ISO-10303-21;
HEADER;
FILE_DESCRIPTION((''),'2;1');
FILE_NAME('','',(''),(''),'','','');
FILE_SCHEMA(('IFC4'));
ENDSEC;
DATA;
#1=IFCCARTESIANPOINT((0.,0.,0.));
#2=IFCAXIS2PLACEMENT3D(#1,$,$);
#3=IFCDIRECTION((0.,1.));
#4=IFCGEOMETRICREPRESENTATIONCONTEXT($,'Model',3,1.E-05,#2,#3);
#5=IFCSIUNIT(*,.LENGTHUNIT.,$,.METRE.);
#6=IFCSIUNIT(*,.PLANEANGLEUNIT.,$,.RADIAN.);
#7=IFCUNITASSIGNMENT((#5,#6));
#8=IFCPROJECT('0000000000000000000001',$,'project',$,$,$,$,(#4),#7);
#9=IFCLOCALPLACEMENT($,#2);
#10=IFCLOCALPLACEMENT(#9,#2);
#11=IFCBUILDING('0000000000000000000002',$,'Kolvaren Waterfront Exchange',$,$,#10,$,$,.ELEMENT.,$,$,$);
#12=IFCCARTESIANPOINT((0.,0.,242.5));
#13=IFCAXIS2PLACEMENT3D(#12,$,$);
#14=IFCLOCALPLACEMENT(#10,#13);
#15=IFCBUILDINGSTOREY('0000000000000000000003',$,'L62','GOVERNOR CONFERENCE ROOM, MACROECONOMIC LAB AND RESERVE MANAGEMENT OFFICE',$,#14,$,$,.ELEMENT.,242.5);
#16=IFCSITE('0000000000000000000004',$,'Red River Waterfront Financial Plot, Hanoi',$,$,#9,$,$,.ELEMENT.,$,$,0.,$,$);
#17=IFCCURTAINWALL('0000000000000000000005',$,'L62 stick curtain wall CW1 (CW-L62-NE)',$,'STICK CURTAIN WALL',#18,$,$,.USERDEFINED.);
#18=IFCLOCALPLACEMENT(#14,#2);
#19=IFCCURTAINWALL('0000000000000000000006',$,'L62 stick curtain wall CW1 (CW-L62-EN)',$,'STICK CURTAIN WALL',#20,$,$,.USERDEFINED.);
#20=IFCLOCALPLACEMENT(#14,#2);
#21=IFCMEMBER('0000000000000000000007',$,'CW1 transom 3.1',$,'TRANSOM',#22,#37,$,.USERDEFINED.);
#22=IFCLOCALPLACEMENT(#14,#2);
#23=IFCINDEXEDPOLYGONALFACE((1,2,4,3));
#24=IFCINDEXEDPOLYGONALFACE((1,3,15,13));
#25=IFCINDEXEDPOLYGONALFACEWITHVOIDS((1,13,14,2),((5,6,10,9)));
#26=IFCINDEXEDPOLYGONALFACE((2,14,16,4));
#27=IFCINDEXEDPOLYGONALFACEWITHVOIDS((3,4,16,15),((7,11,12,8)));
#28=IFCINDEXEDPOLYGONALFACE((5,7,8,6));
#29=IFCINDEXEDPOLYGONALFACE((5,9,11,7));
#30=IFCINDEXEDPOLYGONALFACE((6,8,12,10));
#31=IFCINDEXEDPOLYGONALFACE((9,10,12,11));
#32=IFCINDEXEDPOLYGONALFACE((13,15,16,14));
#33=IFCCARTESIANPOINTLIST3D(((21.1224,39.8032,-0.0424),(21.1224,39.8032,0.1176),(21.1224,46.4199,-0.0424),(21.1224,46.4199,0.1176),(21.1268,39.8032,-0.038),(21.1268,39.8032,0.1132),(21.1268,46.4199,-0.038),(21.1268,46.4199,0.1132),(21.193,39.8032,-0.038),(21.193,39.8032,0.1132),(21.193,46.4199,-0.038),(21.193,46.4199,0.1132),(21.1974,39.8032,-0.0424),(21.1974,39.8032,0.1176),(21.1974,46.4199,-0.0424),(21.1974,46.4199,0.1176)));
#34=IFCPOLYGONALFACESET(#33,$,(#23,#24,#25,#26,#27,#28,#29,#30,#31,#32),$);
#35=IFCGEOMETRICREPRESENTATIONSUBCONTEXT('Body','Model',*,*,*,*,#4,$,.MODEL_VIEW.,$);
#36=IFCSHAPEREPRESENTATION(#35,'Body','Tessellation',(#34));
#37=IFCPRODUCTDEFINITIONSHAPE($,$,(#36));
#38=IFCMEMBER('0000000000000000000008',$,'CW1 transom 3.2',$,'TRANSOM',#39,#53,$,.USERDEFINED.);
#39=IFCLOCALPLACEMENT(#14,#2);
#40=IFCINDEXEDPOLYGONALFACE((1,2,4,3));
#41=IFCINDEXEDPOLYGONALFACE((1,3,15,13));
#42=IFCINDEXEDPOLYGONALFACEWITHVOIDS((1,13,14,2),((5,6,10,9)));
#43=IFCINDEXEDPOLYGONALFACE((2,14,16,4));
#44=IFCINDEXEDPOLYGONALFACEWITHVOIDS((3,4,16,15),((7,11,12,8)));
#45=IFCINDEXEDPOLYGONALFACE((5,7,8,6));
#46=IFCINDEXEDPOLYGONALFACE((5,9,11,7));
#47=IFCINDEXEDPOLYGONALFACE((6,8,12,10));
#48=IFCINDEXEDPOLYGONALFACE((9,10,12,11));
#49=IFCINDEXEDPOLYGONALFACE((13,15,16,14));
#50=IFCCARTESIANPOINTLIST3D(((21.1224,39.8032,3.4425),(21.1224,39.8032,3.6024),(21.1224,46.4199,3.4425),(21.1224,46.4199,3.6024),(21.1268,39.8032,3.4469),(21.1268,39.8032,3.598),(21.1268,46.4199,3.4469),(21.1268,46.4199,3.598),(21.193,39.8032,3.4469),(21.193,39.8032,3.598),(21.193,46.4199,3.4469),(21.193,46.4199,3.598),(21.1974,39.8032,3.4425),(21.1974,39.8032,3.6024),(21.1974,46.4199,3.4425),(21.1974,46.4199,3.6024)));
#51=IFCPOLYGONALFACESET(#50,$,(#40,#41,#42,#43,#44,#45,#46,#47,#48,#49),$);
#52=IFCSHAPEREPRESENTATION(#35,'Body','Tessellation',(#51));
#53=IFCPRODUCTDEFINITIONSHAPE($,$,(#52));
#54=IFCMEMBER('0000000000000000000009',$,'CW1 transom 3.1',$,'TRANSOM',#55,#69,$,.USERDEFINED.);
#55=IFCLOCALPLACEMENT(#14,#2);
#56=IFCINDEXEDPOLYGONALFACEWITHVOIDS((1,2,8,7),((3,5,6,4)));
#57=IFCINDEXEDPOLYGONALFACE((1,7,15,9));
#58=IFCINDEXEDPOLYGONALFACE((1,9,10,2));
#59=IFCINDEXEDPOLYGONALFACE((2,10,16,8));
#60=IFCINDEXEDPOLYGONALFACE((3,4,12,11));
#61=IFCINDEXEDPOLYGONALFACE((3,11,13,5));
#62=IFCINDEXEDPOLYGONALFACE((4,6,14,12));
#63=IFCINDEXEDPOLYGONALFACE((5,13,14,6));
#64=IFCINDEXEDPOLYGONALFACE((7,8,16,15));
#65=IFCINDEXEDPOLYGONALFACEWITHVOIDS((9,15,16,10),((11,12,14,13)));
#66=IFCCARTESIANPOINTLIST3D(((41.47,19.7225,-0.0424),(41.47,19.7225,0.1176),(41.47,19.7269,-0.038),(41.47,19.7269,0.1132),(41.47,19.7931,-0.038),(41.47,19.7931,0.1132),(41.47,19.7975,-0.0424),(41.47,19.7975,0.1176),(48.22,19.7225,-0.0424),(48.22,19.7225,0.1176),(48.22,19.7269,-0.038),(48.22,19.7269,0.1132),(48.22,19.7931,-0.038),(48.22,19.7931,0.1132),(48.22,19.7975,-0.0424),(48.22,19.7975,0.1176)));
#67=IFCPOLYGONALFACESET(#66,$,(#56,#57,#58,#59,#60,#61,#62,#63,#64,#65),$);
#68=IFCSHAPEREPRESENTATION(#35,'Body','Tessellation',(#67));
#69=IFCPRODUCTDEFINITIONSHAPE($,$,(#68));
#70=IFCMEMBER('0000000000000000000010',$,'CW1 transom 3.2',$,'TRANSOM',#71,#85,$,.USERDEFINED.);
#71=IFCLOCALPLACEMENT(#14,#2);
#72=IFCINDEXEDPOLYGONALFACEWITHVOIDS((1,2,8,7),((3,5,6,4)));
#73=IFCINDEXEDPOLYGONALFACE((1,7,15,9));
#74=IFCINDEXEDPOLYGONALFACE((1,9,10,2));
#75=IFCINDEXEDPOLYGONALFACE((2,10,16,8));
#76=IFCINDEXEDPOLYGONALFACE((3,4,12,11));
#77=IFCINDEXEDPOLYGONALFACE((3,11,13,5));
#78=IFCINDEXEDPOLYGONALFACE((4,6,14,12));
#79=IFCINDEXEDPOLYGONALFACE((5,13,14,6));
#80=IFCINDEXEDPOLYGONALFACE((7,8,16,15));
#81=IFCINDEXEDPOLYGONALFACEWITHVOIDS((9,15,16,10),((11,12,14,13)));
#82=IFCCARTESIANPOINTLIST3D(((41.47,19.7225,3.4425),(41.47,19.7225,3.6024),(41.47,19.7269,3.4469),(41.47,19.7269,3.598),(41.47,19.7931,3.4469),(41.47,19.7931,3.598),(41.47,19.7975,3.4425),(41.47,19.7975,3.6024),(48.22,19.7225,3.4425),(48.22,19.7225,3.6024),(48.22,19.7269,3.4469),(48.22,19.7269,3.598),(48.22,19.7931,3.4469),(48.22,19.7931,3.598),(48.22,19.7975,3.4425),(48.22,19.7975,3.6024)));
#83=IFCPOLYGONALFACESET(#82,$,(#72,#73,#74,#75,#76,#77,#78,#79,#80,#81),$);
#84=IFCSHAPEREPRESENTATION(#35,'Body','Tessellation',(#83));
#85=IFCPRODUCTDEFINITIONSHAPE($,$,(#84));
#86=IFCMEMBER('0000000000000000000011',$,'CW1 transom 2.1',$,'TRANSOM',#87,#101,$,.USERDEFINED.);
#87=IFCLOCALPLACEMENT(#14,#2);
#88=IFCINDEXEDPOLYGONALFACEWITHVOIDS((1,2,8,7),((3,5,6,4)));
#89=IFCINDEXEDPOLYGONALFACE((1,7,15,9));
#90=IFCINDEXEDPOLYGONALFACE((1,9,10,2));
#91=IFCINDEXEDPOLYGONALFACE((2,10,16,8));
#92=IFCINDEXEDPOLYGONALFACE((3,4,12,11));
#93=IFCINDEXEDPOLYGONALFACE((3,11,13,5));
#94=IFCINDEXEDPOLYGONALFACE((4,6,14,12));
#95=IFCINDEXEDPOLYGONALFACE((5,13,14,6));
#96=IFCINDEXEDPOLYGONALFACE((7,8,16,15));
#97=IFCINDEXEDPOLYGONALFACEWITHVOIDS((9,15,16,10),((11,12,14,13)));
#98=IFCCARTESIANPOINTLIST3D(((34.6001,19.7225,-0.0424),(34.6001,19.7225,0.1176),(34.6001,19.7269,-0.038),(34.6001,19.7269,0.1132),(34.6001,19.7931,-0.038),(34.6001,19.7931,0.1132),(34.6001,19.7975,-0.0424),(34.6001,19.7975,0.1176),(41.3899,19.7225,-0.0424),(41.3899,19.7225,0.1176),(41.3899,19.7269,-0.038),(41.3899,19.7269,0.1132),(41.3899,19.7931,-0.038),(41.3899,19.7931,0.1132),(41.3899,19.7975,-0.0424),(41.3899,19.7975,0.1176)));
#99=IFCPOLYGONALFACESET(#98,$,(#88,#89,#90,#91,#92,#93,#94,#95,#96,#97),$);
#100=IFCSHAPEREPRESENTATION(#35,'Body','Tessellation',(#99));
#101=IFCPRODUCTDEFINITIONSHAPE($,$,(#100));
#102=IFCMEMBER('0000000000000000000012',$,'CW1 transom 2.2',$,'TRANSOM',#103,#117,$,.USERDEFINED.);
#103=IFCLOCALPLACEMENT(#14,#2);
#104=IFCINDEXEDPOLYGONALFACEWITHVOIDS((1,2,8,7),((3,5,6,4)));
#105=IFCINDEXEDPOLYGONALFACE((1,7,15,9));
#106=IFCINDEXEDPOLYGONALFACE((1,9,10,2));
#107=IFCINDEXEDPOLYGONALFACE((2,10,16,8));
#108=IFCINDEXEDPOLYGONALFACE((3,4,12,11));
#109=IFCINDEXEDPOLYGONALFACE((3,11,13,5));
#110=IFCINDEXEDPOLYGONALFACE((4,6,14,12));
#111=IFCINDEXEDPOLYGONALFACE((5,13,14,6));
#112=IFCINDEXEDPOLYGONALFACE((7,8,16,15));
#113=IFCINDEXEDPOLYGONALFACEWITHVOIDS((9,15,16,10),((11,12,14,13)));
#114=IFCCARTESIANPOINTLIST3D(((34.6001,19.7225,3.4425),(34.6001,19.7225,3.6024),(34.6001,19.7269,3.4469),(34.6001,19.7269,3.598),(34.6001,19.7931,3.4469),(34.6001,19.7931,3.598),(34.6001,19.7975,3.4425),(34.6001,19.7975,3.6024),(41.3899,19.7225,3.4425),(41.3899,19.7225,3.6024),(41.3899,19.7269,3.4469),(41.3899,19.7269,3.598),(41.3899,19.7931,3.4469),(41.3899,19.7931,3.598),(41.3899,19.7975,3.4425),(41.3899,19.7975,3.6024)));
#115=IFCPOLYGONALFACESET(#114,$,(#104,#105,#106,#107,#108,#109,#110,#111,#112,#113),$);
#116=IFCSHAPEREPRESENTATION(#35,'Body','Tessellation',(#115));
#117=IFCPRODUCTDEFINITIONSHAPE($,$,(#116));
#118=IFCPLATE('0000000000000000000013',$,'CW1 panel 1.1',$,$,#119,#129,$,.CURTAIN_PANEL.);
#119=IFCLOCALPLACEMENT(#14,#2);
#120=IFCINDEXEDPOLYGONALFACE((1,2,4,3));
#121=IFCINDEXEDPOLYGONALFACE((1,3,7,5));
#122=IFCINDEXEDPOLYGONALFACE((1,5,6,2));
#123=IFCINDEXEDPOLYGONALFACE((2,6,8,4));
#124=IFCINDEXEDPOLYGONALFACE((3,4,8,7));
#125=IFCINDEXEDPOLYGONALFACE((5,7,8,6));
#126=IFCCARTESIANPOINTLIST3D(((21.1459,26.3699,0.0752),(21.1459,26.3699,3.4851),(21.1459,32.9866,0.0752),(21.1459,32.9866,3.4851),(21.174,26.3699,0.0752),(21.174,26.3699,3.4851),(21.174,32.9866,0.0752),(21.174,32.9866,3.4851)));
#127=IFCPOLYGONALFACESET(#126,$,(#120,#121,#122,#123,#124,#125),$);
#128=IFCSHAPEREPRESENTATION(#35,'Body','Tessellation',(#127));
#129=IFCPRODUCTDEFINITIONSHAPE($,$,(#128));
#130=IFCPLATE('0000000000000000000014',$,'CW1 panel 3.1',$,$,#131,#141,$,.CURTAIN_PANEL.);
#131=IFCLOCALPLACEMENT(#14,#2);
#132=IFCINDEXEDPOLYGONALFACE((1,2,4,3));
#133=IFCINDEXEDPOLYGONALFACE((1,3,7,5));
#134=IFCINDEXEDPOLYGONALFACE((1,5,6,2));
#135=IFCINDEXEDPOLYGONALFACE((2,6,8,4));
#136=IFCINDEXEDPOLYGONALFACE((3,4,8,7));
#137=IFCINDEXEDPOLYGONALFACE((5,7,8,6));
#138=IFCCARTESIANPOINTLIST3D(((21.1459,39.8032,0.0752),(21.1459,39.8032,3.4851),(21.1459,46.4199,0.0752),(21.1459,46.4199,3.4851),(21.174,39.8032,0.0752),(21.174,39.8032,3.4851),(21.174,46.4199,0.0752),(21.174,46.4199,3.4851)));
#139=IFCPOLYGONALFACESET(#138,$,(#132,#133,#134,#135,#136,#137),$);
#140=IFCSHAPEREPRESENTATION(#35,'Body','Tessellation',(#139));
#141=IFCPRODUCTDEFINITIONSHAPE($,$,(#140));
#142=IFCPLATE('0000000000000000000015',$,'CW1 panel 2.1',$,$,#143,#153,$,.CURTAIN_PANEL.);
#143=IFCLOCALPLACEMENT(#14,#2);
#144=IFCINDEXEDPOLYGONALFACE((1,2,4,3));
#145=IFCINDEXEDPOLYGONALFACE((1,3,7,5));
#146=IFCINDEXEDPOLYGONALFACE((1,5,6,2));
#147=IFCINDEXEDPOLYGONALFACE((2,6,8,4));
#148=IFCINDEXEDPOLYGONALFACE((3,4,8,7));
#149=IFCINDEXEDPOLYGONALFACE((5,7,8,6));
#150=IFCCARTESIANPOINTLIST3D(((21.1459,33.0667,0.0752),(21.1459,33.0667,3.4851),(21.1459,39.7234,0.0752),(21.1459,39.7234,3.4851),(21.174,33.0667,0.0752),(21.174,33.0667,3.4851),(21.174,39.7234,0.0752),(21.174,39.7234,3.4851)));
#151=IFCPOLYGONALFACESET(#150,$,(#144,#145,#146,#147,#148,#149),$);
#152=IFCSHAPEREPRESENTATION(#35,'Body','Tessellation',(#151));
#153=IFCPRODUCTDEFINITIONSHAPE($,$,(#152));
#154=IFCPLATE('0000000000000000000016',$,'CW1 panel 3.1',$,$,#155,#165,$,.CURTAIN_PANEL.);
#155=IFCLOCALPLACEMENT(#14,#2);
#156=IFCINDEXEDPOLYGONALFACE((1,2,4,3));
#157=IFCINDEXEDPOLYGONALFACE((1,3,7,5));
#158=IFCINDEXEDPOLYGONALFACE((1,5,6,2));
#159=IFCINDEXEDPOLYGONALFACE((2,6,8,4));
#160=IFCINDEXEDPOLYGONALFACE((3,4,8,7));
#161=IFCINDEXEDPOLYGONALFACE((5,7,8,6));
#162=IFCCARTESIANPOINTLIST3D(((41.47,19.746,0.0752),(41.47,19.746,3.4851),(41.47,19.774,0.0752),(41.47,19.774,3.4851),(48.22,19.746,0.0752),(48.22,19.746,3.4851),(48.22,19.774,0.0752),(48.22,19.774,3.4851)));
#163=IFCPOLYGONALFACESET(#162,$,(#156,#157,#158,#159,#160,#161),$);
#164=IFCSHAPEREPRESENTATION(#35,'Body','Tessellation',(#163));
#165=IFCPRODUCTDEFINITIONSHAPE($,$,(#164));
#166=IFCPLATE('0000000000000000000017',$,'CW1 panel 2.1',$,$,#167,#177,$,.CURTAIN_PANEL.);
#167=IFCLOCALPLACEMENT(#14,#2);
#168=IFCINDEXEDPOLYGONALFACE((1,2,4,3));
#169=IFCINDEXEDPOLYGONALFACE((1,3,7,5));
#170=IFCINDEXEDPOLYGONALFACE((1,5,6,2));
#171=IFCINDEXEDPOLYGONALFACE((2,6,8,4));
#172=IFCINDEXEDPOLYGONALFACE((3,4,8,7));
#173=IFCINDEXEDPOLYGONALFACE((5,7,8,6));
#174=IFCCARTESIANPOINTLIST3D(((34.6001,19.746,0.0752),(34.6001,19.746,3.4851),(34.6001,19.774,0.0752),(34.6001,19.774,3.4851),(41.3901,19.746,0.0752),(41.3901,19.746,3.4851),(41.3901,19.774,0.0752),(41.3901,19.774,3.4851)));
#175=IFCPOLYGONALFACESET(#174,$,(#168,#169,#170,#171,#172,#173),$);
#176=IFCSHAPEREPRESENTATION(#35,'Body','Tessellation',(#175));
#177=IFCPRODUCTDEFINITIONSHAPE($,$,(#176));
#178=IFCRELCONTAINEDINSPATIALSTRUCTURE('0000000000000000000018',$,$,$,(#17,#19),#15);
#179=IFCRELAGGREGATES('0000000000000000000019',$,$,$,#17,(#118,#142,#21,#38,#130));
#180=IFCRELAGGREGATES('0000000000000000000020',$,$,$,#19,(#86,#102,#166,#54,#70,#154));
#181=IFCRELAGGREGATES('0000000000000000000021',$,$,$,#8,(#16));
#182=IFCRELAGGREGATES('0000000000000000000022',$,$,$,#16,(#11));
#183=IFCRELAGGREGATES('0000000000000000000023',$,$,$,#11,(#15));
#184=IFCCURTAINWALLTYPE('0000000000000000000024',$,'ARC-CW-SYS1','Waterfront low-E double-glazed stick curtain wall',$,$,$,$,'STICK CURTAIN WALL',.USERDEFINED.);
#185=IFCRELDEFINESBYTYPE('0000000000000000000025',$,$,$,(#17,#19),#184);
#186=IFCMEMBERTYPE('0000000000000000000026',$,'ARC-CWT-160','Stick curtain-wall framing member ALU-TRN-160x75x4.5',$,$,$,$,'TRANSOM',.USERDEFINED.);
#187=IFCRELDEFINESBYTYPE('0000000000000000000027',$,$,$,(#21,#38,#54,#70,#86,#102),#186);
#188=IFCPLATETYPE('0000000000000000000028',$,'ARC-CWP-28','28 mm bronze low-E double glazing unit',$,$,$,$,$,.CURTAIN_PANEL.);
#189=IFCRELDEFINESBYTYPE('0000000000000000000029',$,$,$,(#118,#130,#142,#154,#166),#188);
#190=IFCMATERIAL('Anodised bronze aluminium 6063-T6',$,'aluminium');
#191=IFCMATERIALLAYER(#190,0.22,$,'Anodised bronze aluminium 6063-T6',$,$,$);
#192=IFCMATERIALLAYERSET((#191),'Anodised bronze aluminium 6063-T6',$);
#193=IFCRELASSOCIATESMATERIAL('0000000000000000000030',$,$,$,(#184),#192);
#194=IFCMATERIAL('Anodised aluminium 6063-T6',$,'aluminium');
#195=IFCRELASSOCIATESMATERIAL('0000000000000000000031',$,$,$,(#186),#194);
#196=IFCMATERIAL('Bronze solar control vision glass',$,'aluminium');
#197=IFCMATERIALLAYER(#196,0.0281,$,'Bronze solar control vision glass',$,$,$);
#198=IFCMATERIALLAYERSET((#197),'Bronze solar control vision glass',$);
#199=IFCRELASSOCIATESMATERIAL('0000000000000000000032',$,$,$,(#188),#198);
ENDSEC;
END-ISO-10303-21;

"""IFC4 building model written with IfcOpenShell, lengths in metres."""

from ifc_helpers import new_model, si_unit, direction, frame, origin, origin_with_axes, origin_2d, place, context, subcontext, project, spatial, rectangle, hollow_rectangle, extrude, source, transform, mapped, material, layer, layer_set, material_profile, profile_set, type_object, element, aggregate, save


model = new_model("IFC4")

# Units and contexts
model_context = context("Model", 3, precision=1e-05, world=origin(), true_north=direction((0.0, 1.0)))
body_context = subcontext(model_context, "Body", "Model", "MODEL_VIEW")
ifc_project = project(units=[si_unit("LENGTHUNIT", "METRE"), si_unit("PLANEANGLEUNIT", "RADIAN")], contexts=[model_context])

# Site, building, storey
site_placement = place(None, origin())
site = spatial("IfcSite", under=ifc_project, at=site_placement, Name="Red River Waterfront Financial Plot, Hanoi", CompositionType="ELEMENT", RefElevation=0.0)
building_placement = place(site_placement, origin())
building = spatial("IfcBuilding", under=site, at=building_placement, Name="Kolvaren Waterfront Exchange", CompositionType="ELEMENT")
storey_placement = place(building_placement, frame((0.0, 0.0, 242.5)))
storey = spatial("IfcBuildingStorey", under=building, at=storey_placement, Name="L62", Description="GOVERNOR CONFERENCE ROOM, MACROECONOMIC LAB AND RESERVE MANAGEMENT OFFICE", CompositionType="ELEMENT", Elevation=242.5)

# Curtain walls
ifc_material_1 = material(Name="Anodised bronze aluminium 6063-T6", Category="aluminium")
ifc_layer_1 = layer(ifc_material_1, 0.22, Name="Anodised bronze aluminium 6063-T6")
ifc_layer_set_1 = layer_set([ifc_layer_1], Name="Anodised bronze aluminium 6063-T6")
curtain_wall_type = type_object("IfcCurtainWallType", Name="ARC-CW-SYS1", Description="Waterfront low-E double-glazed stick curtain wall", ElementType="STICK CURTAIN WALL", PredefinedType="USERDEFINED", material=ifc_layer_set_1)
curtain_wall_1_placement = place(storey_placement, origin())
curtain_wall_1 = element("IfcCurtainWall", 1, at=curtain_wall_1_placement, inside=storey, type_object=curtain_wall_type, Name="L62 stick curtain wall CW1 (CW-L62-NE)", ObjectType="STICK CURTAIN WALL", PredefinedType="USERDEFINED")
ifc_material_2 = material(Name="Anodised aluminium 6063-T6", Category="aluminium")
curtain_wall_2_placement = place(storey_placement, origin())
curtain_wall_2 = element("IfcCurtainWall", 2, at=curtain_wall_2_placement, inside=storey, type_object=curtain_wall_type, Name="L62 stick curtain wall CW1 (CW-L62-EN)", ObjectType="STICK CURTAIN WALL", PredefinedType="USERDEFINED")

# Members
ifc_material_profile_1 = material_profile(ifc_material_2, hollow_rectangle(XDim=0.075, YDim=0.1599, WallThickness=0.0044, at=origin_2d()), Name="ALU-TRN-160x75x4.5")
ifc_profile_set_1 = profile_set([ifc_material_profile_1], Name="Anodised aluminium 6063-T6")
member_type_1 = type_object("IfcMemberType", Name="ARC-CWT-160", Description="Stick curtain-wall framing member ALU-TRN-160x75x4.5", ElementType="TRANSOM", PredefinedType="USERDEFINED", material=ifc_profile_set_1)
shared_shape_1 = source(origin_with_axes(), body_context, "Body", "SweptSolid", [
    extrude(hollow_rectangle(XDim=0.075, YDim=0.1599, WallThickness=0.0044, at=origin_2d()), origin(), (0.0, 0.0, 1.0), 6.6167),
])
member_1_placement = place(storey_placement, frame((21.1599, 39.8032, 0.0376), z_axis=(0.0, 1.0, 0.0), x_axis=(-1.0, 0.0, 0.0)))
member_1 = element("IfcMember", 3, at=member_1_placement, type_object=member_type_1, Name="CW1 transom 3.1", ObjectType="TRANSOM", PredefinedType="USERDEFINED", context=body_context, shape_type="MappedRepresentation", body=[
    mapped(shared_shape_1, transform((0.0, 0.0, 0.0), x_axis=(1.0, 0.0, 0.0), y_axis=(0.0, 1.0, 0.0), z_axis=(0.0, 0.0, 1.0), scale=1.0)),
])
member_2_placement = place(storey_placement, frame((21.1599, 39.8032, 3.5225), z_axis=(0.0, 1.0, 0.0), x_axis=(-1.0, 0.0, 0.0)))
member_2 = element("IfcMember", 4, at=member_2_placement, type_object=member_type_1, Name="CW1 transom 3.2", ObjectType="TRANSOM", PredefinedType="USERDEFINED", context=body_context, shape_type="MappedRepresentation", body=[
    mapped(shared_shape_1, transform((0.0, 0.0, 0.0), x_axis=(1.0, 0.0, 0.0), y_axis=(0.0, 1.0, 0.0), z_axis=(0.0, 0.0, 1.0), scale=1.0)),
])
shared_shape_2 = source(origin_with_axes(), body_context, "Body", "SweptSolid", [
    extrude(hollow_rectangle(XDim=0.075, YDim=0.1599, WallThickness=0.0044, at=origin_2d()), origin(), (0.0, 0.0, 1.0), 6.75),
])
member_3_placement = place(storey_placement, frame((41.47, 19.76, 0.0376), z_axis=(1.0, 0.0, 0.0), x_axis=(0.0, 1.0, 0.0)))
member_3 = element("IfcMember", 5, at=member_3_placement, type_object=member_type_1, Name="CW1 transom 3.1", ObjectType="TRANSOM", PredefinedType="USERDEFINED", context=body_context, shape_type="MappedRepresentation", body=[
    mapped(shared_shape_2, transform((0.0, 0.0, 0.0), x_axis=(1.0, 0.0, 0.0), y_axis=(0.0, 1.0, 0.0), z_axis=(0.0, 0.0, 1.0), scale=1.0)),
])
member_4_placement = place(storey_placement, frame((41.47, 19.76, 3.5225), z_axis=(1.0, 0.0, 0.0), x_axis=(0.0, 1.0, 0.0)))
member_4 = element("IfcMember", 6, at=member_4_placement, type_object=member_type_1, Name="CW1 transom 3.2", ObjectType="TRANSOM", PredefinedType="USERDEFINED", context=body_context, shape_type="MappedRepresentation", body=[
    mapped(shared_shape_2, transform((0.0, 0.0, 0.0), x_axis=(1.0, 0.0, 0.0), y_axis=(0.0, 1.0, 0.0), z_axis=(0.0, 0.0, 1.0), scale=1.0)),
])
shared_shape_3 = source(origin_with_axes(), body_context, "Body", "SweptSolid", [
    extrude(hollow_rectangle(XDim=0.075, YDim=0.1599, WallThickness=0.0044, at=origin_2d()), origin(), (0.0, 0.0, 1.0), 6.7898),
])
member_5_placement = place(storey_placement, frame((34.6001, 19.76, 0.0376), z_axis=(1.0, 0.0, 0.0), x_axis=(0.0, 1.0, 0.0)))
member_5 = element("IfcMember", 7, at=member_5_placement, type_object=member_type_1, Name="CW1 transom 2.1", ObjectType="TRANSOM", PredefinedType="USERDEFINED", context=body_context, shape_type="MappedRepresentation", body=[
    mapped(shared_shape_3, transform((0.0, 0.0, 0.0), x_axis=(1.0, 0.0, 0.0), y_axis=(0.0, 1.0, 0.0), z_axis=(0.0, 0.0, 1.0), scale=1.0)),
])
member_6_placement = place(storey_placement, frame((34.6001, 19.76, 3.5225), z_axis=(1.0, 0.0, 0.0), x_axis=(0.0, 1.0, 0.0)))
member_6 = element("IfcMember", 8, at=member_6_placement, type_object=member_type_1, Name="CW1 transom 2.2", ObjectType="TRANSOM", PredefinedType="USERDEFINED", context=body_context, shape_type="MappedRepresentation", body=[
    mapped(shared_shape_3, transform((0.0, 0.0, 0.0), x_axis=(1.0, 0.0, 0.0), y_axis=(0.0, 1.0, 0.0), z_axis=(0.0, 0.0, 1.0), scale=1.0)),
])

# Plates
ifc_material_3 = material(Name="Bronze solar control vision glass", Category="aluminium")
ifc_layer_2 = layer(ifc_material_3, 0.0281, Name="Bronze solar control vision glass")
ifc_layer_set_2 = layer_set([ifc_layer_2], Name="Bronze solar control vision glass")
plate_type = type_object("IfcPlateType", Name="ARC-CWP-28", Description="28 mm bronze low-E double glazing unit", PredefinedType="CURTAIN_PANEL", material=ifc_layer_set_2)
shared_shape_4 = source(origin_with_axes(), body_context, "Body", "SweptSolid", [
    extrude(rectangle(XDim=6.6167, YDim=0.0281, at=origin_2d()), origin(), (0.0, 0.0, 1.0), 3.4099),
])
plate_1_placement = place(storey_placement, frame((21.1599, 29.6782, 0.0752), z_axis=(0.0, 0.0, 1.0), x_axis=(0.0, 1.0, 0.0)))
plate_1 = element("IfcPlate", 9, at=plate_1_placement, type_object=plate_type, Name="CW1 panel 1.1", PredefinedType="CURTAIN_PANEL", context=body_context, shape_type="MappedRepresentation", body=[
    mapped(shared_shape_4, transform((0.0, 0.0, 0.0), x_axis=(1.0, 0.0, 0.0), y_axis=(0.0, 1.0, 0.0), z_axis=(0.0, 0.0, 1.0), scale=1.0)),
])
plate_2_placement = place(storey_placement, frame((21.1599, 43.1116, 0.0752), z_axis=(0.0, 0.0, 1.0), x_axis=(0.0, 1.0, 0.0)))
plate_2 = element("IfcPlate", 10, at=plate_2_placement, type_object=plate_type, Name="CW1 panel 3.1", PredefinedType="CURTAIN_PANEL", context=body_context, shape_type="MappedRepresentation", body=[
    mapped(shared_shape_4, transform((0.0, 0.0, 0.0), x_axis=(1.0, 0.0, 0.0), y_axis=(0.0, 1.0, 0.0), z_axis=(0.0, 0.0, 1.0), scale=1.0)),
])
shared_shape_5 = source(origin_with_axes(), body_context, "Body", "SweptSolid", [
    extrude(rectangle(XDim=6.6567, YDim=0.0281, at=origin_2d()), origin(), (0.0, 0.0, 1.0), 3.4099),
])
plate_3_placement = place(storey_placement, frame((21.1599, 36.395, 0.0752), z_axis=(0.0, 0.0, 1.0), x_axis=(0.0, 1.0, 0.0)))
plate_3 = element("IfcPlate", 11, at=plate_3_placement, type_object=plate_type, Name="CW1 panel 2.1", PredefinedType="CURTAIN_PANEL", context=body_context, shape_type="MappedRepresentation", body=[
    mapped(shared_shape_5, transform((0.0, 0.0, 0.0), x_axis=(1.0, 0.0, 0.0), y_axis=(0.0, 1.0, 0.0), z_axis=(0.0, 0.0, 1.0), scale=1.0)),
])
aggregate(curtain_wall_1, [plate_1, plate_3, member_1, member_2, plate_2])
shared_shape_6 = source(origin_with_axes(), body_context, "Body", "SweptSolid", [
    extrude(rectangle(XDim=6.75, YDim=0.0281, at=origin_2d()), origin(), (0.0, 0.0, 1.0), 3.4099),
])
plate_4_placement = place(storey_placement, frame((44.845, 19.76, 0.0752), z_axis=(0.0, 0.0, 1.0), x_axis=(1.0, 0.0, 0.0)))
plate_4 = element("IfcPlate", 12, at=plate_4_placement, type_object=plate_type, Name="CW1 panel 3.1", PredefinedType="CURTAIN_PANEL", context=body_context, shape_type="MappedRepresentation", body=[
    mapped(shared_shape_6, transform((0.0, 0.0, 0.0), x_axis=(1.0, 0.0, 0.0), y_axis=(0.0, 1.0, 0.0), z_axis=(0.0, 0.0, 1.0), scale=1.0)),
])
shared_shape_7 = source(origin_with_axes(), body_context, "Body", "SweptSolid", [
    extrude(rectangle(XDim=6.79, YDim=0.0281, at=origin_2d()), origin(), (0.0, 0.0, 1.0), 3.4099),
])
plate_5_placement = place(storey_placement, frame((37.9951, 19.76, 0.0752), z_axis=(0.0, 0.0, 1.0), x_axis=(1.0, 0.0, 0.0)))
plate_5 = element("IfcPlate", 13, at=plate_5_placement, type_object=plate_type, Name="CW1 panel 2.1", PredefinedType="CURTAIN_PANEL", context=body_context, shape_type="MappedRepresentation", body=[
    mapped(shared_shape_7, transform((0.0, 0.0, 0.0), x_axis=(1.0, 0.0, 0.0), y_axis=(0.0, 1.0, 0.0), z_axis=(0.0, 0.0, 1.0), scale=1.0)),
])
aggregate(curtain_wall_2, [member_5, member_6, plate_5, member_3, member_4, plate_4])

save(model, "model.ifc")
